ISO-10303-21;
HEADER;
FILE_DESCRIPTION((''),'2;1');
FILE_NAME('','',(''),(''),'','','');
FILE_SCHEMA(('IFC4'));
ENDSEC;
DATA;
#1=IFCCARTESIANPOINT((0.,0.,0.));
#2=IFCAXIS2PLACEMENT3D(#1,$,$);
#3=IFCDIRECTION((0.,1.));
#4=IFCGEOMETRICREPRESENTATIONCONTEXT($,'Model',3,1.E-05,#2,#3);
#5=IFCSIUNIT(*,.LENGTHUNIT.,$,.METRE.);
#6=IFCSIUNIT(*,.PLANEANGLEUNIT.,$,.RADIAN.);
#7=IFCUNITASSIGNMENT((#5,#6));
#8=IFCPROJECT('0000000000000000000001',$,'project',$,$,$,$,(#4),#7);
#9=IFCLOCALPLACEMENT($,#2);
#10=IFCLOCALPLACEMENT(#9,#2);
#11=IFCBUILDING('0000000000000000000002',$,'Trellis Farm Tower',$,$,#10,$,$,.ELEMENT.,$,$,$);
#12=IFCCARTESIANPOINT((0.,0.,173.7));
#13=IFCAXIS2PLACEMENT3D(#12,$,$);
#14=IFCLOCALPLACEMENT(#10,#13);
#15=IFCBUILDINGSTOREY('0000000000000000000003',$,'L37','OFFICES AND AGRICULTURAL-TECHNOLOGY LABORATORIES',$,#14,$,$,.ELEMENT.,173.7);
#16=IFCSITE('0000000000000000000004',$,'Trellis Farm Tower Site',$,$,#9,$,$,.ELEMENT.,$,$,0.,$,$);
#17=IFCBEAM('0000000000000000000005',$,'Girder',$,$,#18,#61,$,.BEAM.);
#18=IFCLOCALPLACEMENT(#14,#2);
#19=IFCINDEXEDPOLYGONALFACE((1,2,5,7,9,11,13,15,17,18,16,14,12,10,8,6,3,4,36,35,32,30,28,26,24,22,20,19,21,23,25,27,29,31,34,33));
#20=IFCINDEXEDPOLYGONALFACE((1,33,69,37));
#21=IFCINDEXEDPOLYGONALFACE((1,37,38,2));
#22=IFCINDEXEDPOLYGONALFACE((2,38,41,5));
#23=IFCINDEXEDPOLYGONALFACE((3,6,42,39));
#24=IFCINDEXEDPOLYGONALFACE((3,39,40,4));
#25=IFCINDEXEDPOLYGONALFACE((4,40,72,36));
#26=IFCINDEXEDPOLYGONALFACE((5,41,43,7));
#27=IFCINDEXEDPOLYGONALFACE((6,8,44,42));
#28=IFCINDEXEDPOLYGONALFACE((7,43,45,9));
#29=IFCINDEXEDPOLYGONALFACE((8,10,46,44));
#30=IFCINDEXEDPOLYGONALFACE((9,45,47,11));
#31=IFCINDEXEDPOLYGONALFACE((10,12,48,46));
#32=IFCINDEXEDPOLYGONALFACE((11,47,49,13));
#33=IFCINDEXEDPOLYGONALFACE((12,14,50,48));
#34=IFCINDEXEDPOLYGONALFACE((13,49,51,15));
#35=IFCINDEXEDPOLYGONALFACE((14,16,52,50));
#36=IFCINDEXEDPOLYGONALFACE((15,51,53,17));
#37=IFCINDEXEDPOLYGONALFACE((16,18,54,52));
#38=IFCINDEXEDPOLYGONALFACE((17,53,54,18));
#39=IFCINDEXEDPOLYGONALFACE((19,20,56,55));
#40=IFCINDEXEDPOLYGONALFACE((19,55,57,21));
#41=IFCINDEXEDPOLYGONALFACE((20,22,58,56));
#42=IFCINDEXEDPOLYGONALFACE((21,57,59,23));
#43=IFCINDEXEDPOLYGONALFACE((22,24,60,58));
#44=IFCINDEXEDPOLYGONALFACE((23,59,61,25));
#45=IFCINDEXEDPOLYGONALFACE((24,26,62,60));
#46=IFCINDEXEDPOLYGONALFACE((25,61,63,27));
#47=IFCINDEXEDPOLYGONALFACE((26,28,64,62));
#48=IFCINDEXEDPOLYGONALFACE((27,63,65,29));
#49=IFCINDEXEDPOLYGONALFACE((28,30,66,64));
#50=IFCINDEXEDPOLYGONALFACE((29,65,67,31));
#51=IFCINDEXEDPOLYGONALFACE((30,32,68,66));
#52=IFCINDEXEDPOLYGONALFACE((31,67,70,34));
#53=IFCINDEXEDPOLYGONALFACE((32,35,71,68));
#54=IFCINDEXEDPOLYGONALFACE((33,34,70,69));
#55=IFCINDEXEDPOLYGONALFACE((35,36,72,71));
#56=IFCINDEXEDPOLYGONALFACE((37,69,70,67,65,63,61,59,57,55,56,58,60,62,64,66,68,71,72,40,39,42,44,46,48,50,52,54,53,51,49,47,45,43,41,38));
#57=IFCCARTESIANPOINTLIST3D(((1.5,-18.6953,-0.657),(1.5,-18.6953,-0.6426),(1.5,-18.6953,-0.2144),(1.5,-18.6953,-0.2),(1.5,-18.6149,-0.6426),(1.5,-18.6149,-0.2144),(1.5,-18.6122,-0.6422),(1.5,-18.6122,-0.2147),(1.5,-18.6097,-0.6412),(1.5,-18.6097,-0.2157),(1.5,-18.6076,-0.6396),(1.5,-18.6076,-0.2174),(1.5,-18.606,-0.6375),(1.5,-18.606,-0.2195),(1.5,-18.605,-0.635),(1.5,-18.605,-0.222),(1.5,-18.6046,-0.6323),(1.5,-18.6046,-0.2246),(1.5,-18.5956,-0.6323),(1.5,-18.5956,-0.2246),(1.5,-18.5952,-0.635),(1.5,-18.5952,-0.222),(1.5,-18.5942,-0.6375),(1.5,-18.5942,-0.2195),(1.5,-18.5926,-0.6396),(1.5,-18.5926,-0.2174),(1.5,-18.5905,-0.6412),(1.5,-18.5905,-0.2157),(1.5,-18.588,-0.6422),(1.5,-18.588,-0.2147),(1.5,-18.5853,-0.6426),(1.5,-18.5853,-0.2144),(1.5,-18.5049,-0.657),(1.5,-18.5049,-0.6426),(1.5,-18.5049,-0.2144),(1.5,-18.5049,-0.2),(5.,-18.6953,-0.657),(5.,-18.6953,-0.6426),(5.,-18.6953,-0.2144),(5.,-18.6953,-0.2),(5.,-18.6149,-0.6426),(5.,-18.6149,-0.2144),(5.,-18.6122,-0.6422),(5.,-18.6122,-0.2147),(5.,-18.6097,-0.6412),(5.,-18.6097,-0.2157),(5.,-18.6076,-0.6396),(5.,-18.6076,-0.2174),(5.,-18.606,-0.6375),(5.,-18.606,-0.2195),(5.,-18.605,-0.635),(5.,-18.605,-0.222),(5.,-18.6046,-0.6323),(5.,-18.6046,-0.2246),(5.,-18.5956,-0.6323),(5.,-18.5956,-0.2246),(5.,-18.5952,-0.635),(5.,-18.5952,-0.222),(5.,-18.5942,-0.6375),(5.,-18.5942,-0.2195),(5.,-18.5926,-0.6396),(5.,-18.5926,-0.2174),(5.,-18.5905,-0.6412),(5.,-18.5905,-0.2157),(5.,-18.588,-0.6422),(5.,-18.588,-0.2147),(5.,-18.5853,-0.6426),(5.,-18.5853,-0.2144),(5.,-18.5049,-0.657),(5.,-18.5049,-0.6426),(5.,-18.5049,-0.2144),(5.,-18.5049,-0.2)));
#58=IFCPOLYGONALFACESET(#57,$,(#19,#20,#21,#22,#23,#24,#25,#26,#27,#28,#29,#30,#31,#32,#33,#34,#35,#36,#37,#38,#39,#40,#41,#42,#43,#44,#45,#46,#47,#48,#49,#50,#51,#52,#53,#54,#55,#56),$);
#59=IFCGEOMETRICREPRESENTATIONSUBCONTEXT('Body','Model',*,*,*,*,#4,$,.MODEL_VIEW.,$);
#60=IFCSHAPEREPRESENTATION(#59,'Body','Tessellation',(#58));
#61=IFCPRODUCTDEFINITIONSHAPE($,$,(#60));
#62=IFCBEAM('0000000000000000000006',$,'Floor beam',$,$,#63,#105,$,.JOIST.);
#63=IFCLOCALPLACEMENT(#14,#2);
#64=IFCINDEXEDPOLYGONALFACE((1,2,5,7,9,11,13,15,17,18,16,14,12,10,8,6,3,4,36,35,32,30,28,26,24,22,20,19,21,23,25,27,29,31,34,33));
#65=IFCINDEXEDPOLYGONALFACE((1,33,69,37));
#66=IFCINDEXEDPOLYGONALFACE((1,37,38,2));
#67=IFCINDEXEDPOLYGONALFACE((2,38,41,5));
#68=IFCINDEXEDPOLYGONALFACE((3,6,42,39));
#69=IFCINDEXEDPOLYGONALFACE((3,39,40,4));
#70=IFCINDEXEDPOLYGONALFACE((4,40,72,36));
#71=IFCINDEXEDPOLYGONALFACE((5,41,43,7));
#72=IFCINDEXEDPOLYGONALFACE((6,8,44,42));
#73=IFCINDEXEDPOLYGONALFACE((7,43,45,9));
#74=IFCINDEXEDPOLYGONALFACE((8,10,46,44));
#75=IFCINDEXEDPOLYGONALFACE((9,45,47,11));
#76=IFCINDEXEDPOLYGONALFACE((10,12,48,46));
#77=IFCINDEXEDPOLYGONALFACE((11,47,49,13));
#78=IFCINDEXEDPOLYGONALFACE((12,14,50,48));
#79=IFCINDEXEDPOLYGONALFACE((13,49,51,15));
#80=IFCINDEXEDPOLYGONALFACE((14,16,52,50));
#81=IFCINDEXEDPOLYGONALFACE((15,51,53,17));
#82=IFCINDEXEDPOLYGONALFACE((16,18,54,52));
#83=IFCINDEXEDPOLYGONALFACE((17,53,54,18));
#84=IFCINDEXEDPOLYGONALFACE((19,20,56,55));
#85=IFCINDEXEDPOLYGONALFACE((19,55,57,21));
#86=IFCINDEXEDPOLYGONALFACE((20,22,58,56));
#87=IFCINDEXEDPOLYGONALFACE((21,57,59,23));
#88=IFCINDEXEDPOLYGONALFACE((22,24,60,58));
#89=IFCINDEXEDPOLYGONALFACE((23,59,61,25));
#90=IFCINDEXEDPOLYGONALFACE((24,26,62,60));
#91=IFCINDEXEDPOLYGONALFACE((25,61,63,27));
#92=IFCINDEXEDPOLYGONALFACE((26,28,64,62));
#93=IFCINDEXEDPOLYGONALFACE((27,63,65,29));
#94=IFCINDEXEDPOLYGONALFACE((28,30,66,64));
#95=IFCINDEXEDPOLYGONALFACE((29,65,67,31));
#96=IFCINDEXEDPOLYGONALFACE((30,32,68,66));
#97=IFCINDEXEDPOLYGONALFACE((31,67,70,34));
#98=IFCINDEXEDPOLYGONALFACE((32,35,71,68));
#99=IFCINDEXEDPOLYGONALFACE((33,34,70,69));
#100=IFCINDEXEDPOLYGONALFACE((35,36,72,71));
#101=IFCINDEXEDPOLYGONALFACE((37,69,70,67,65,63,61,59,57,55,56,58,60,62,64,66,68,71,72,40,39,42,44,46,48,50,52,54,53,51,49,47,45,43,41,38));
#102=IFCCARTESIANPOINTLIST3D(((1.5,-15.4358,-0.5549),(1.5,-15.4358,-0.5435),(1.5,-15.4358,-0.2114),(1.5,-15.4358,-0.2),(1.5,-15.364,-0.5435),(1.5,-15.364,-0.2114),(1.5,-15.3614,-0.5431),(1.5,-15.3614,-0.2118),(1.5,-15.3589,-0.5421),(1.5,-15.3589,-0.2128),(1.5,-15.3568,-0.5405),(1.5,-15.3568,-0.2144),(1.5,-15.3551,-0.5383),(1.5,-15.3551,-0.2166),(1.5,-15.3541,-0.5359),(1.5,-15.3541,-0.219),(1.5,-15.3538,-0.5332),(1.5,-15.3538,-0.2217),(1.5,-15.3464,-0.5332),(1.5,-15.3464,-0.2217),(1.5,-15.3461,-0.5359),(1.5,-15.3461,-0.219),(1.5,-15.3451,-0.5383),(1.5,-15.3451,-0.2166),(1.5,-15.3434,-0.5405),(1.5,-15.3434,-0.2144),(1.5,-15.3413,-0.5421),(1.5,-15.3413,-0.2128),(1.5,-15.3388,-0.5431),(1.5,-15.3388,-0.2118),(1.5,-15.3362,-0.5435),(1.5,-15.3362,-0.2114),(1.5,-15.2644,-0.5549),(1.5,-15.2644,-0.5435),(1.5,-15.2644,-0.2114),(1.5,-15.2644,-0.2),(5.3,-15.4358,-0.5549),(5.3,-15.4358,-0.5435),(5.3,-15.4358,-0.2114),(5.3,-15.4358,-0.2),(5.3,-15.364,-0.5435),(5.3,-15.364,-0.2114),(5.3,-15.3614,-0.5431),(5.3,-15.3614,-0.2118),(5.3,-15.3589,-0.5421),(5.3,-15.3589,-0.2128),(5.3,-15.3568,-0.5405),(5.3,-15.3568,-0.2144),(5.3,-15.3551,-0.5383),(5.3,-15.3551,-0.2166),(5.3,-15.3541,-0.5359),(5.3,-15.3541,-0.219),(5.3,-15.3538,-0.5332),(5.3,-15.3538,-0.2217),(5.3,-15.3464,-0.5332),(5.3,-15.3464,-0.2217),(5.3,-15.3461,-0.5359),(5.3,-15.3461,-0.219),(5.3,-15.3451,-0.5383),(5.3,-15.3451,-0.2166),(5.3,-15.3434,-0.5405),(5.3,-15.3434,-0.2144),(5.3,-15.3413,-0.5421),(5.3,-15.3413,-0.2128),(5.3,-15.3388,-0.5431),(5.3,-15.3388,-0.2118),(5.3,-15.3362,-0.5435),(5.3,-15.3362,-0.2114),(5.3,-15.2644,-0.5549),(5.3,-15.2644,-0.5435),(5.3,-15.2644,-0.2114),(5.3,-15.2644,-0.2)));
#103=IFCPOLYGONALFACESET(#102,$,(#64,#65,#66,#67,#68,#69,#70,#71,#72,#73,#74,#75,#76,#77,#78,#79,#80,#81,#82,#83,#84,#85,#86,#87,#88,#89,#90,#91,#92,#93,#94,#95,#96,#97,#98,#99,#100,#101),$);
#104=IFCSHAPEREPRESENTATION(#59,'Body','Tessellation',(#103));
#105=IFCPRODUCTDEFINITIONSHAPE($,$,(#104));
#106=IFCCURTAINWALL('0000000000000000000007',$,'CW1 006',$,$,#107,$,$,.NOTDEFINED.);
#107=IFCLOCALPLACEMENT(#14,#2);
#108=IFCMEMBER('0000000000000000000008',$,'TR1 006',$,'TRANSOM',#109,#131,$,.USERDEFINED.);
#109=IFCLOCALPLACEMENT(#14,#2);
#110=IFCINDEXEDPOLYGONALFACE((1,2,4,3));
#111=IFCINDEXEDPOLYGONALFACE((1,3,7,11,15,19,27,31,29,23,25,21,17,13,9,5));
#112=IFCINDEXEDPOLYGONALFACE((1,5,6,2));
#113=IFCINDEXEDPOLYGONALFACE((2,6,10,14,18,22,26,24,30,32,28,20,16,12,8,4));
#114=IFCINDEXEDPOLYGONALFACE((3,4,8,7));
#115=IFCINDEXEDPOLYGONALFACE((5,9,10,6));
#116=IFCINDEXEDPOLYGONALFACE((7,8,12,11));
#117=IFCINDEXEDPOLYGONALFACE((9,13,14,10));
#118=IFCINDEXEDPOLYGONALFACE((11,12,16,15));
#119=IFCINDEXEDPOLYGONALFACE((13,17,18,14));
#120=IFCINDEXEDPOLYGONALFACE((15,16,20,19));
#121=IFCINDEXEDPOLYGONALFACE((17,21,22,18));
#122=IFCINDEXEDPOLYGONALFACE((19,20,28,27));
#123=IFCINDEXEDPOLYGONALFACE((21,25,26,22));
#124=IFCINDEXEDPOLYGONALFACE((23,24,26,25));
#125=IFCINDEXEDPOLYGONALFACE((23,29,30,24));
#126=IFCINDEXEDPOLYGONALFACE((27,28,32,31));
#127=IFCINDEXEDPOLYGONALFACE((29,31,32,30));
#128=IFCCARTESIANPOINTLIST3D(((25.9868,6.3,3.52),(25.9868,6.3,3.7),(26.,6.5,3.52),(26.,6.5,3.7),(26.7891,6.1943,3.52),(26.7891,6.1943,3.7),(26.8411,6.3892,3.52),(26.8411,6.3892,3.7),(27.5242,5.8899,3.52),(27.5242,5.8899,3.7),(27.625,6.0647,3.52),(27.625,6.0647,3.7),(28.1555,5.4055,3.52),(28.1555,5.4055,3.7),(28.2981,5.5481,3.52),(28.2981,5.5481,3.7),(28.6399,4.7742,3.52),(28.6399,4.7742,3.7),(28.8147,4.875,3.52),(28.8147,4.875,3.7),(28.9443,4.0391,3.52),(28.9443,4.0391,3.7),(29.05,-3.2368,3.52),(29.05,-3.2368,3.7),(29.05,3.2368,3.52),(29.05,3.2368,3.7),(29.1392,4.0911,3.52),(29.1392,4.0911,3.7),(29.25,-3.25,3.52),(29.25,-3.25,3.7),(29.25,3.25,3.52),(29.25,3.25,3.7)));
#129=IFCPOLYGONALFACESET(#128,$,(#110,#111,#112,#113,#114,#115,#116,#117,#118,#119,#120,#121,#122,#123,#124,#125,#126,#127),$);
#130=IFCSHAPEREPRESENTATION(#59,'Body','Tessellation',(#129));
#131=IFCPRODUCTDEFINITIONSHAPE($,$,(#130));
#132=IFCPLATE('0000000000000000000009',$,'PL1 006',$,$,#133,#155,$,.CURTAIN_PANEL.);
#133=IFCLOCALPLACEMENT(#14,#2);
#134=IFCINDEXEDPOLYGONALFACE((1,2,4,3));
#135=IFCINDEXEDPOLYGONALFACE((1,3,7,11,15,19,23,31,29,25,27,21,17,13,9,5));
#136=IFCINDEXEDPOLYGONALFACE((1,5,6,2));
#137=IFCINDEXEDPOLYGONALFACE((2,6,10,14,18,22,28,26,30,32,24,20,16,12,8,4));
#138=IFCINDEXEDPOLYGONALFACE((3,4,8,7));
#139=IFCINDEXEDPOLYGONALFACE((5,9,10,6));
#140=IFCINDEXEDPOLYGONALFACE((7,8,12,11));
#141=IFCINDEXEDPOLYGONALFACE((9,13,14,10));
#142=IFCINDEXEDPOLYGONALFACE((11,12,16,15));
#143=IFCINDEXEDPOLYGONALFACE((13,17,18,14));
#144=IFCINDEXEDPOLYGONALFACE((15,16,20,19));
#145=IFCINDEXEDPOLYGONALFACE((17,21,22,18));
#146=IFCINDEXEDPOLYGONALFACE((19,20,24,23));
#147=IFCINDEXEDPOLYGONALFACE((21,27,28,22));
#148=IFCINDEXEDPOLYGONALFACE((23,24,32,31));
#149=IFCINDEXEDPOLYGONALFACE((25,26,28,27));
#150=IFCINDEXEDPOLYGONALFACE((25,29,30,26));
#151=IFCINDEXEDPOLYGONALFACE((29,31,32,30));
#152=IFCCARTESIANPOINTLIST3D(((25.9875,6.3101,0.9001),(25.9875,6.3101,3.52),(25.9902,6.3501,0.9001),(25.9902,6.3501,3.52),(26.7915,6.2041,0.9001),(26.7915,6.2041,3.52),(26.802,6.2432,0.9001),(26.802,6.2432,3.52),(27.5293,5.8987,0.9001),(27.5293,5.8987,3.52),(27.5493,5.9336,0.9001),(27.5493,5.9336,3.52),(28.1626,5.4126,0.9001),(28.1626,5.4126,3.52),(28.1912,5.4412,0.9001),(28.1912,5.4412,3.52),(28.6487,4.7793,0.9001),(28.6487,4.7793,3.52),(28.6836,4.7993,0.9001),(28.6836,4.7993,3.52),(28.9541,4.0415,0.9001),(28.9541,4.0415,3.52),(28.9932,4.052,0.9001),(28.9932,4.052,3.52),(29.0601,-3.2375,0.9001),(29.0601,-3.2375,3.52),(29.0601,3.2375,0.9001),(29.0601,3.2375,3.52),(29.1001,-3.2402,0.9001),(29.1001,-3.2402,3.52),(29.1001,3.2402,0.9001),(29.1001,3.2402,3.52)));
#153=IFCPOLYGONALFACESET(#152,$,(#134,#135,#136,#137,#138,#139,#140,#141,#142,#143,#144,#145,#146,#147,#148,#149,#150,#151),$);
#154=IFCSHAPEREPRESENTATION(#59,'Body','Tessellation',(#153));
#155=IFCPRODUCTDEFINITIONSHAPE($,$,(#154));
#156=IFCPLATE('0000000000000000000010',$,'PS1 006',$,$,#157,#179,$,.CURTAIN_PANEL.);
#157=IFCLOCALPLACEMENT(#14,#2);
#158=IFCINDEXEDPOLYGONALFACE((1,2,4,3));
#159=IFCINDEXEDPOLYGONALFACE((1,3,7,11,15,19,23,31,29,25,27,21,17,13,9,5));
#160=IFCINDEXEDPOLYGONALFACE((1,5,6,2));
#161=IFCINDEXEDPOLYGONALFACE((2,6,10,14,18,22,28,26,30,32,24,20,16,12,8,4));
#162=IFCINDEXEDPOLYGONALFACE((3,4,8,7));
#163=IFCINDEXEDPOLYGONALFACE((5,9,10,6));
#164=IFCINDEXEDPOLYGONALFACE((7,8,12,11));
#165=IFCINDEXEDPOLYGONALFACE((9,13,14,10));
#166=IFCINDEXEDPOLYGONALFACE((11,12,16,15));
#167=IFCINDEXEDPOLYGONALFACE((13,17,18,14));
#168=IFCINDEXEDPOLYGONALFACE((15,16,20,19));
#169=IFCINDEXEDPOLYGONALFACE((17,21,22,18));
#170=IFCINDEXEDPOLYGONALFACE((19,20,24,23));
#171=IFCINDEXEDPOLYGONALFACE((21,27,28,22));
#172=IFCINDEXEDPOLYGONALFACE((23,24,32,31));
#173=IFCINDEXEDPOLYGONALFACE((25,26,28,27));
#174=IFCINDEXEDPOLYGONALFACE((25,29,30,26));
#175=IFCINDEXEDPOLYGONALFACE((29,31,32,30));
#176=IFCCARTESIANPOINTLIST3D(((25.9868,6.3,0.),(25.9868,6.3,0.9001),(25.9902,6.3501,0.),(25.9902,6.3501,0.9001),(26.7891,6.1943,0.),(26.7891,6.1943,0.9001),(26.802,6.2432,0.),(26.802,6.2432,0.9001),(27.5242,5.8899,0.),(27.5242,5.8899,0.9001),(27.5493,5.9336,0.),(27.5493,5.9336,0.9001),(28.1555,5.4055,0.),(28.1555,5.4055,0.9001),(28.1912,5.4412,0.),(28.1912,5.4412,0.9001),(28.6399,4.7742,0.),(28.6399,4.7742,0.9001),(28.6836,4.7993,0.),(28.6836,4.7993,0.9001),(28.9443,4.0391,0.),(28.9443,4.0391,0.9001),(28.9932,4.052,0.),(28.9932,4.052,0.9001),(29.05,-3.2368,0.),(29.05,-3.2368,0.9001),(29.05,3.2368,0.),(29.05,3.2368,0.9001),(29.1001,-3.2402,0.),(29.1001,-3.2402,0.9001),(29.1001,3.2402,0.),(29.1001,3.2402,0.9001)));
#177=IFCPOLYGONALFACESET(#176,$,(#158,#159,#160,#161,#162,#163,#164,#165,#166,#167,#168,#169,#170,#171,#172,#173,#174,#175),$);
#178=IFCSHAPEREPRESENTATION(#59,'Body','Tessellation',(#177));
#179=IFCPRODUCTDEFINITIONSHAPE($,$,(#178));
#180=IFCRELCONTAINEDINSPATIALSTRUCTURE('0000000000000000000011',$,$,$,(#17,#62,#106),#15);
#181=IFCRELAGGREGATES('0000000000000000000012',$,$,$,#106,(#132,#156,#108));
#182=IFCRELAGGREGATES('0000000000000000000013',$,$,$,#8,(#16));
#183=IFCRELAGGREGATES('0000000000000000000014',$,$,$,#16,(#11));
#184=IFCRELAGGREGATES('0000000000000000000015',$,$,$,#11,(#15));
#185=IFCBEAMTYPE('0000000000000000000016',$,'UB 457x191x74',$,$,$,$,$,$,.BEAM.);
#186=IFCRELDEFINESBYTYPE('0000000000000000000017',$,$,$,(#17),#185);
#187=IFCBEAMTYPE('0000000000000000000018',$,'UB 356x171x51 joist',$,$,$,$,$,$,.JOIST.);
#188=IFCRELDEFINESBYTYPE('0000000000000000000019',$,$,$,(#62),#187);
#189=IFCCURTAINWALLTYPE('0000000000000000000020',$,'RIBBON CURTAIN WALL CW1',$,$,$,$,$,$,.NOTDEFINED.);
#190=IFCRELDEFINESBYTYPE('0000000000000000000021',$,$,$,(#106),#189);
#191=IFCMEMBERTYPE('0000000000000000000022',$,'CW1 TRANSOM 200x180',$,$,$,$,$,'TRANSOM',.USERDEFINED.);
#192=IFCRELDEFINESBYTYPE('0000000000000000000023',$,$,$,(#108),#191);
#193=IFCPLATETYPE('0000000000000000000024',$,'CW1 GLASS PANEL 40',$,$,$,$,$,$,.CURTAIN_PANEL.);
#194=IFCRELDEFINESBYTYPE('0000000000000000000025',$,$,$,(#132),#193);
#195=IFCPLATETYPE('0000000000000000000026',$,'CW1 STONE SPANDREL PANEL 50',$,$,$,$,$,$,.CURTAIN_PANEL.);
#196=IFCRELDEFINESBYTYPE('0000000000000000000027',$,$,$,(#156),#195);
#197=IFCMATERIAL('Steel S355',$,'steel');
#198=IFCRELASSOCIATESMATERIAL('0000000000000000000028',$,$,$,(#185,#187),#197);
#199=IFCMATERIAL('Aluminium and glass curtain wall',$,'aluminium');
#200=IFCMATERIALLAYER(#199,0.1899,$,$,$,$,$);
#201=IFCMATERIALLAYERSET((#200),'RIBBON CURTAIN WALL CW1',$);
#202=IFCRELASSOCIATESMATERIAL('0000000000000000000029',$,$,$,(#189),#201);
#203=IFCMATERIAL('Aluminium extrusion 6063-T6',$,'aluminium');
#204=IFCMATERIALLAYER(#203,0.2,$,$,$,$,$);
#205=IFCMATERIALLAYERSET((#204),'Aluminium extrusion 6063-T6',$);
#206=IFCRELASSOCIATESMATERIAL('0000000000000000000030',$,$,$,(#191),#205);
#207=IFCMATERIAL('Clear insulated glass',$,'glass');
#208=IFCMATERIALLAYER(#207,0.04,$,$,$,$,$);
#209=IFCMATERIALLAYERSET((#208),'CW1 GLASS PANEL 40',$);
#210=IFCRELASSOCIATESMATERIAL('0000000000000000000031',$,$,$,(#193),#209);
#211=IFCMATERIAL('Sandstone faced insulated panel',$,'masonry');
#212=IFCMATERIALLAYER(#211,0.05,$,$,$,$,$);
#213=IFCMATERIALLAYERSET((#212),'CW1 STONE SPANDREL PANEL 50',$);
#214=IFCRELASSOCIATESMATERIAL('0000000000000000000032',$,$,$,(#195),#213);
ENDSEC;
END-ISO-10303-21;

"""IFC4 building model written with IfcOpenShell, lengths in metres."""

from ifc_helpers import new_model, si_unit, direction, frame, origin, origin_2d, place, context, subcontext, project, spatial, polyline, i_section, outline, extrude, source, transform, mapped, material, layer, layer_set, material_profile, profile_set, type_object, element, aggregate, save


model = new_model("IFC4")

# Units and contexts
model_context = context("Model", 3, precision=1e-05, world=origin(), true_north=direction((0.0, 1.0)))
body_context = subcontext(model_context, "Body", "Model", "MODEL_VIEW")
ifc_project = project(units=[si_unit("LENGTHUNIT", "METRE"), si_unit("PLANEANGLEUNIT", "RADIAN")], contexts=[model_context])

# Site, building, storey
site_placement = place(None, origin())
site = spatial("IfcSite", under=ifc_project, at=site_placement, Name="Trellis Farm Tower Site", CompositionType="ELEMENT", RefElevation=0.0)
building_placement = place(site_placement, origin())
building = spatial("IfcBuilding", under=site, at=building_placement, Name="Trellis Farm Tower", CompositionType="ELEMENT")
storey_placement = place(building_placement, frame((0.0, 0.0, 173.7)))
storey = spatial("IfcBuildingStorey", under=building, at=storey_placement, Name="L37", Description="OFFICES AND AGRICULTURAL-TECHNOLOGY LABORATORIES", CompositionType="ELEMENT", Elevation=173.7)

# Beams
ifc_material_1 = material(Name="Steel S355", Category="steel")
ifc_material_profile_1 = material_profile(ifc_material_1, i_section(OverallWidth=0.1904, OverallDepth=0.457, WebThickness=0.009, FlangeThickness=0.0144, FilletRadius=0.0103, at=origin_2d()), Name="UB 457x191x74")
ifc_profile_set_1 = profile_set([ifc_material_profile_1], Name="Steel S355")
beam_type_1 = type_object("IfcBeamType", Name="UB 457x191x74", PredefinedType="BEAM", material=ifc_profile_set_1)
shared_shape_1 = source(origin(), body_context, "Body", "SweptSolid", [
    extrude(i_section(OverallWidth=0.1904, OverallDepth=0.457, WebThickness=0.009, FlangeThickness=0.0144, FilletRadius=0.0103, at=origin_2d()), origin(), (0.0, 0.0, 1.0), 3.5),
])
beam_1_placement = place(storey_placement, frame((1.5, -18.6001, -0.4285), z_axis=(1.0, 0.0, 0.0), x_axis=(0.0, 1.0, 0.0)))
element("IfcBeam", 1, at=beam_1_placement, inside=storey, type_object=beam_type_1, Name="Girder", PredefinedType="BEAM", context=body_context, shape_type="MappedRepresentation", body=[
    mapped(shared_shape_1, transform((0.0, 0.0, 0.0))),
])
ifc_material_profile_2 = material_profile(ifc_material_1, i_section(OverallWidth=0.1714, OverallDepth=0.355, WebThickness=0.0073, FlangeThickness=0.0115, FilletRadius=0.0103, at=origin_2d()), Name="UB 356x171x51")
ifc_profile_set_2 = profile_set([ifc_material_profile_2], Name="Steel S355")
beam_type_2 = type_object("IfcBeamType", Name="UB 356x171x51 joist", PredefinedType="JOIST", material=ifc_profile_set_2)
shared_shape_2 = source(origin(), body_context, "Body", "SweptSolid", [
    extrude(i_section(OverallWidth=0.1714, OverallDepth=0.355, WebThickness=0.0073, FlangeThickness=0.0115, FilletRadius=0.0103, at=origin_2d()), origin(), (0.0, 0.0, 1.0), 3.8),
])
beam_2_placement = place(storey_placement, frame((1.5, -15.3501, -0.3774), z_axis=(1.0, 0.0, 0.0), x_axis=(0.0, 1.0, 0.0)))
element("IfcBeam", 2, at=beam_2_placement, inside=storey, type_object=beam_type_2, Name="Floor beam", PredefinedType="JOIST", context=body_context, shape_type="MappedRepresentation", body=[
    mapped(shared_shape_2, transform((0.0, 0.0, 0.0))),
])

# Curtain wall, member, plates
ifc_material_2 = material(Name="Aluminium and glass curtain wall", Category="aluminium")
ifc_layer_1 = layer(ifc_material_2, 0.1899)
ifc_layer_set_1 = layer_set([ifc_layer_1], Name="RIBBON CURTAIN WALL CW1")
curtain_wall_type = type_object("IfcCurtainWallType", Name="RIBBON CURTAIN WALL CW1", PredefinedType="NOTDEFINED", material=ifc_layer_set_1)
placement = place(storey_placement, origin())
curtain_wall = element("IfcCurtainWall", 3, at=placement, inside=storey, type_object=curtain_wall_type, Name="CW1 006", PredefinedType="NOTDEFINED")
ifc_material_3 = material(Name="Aluminium extrusion 6063-T6", Category="aluminium")
ifc_layer_2 = layer(ifc_material_3, 0.2)
ifc_layer_set_2 = layer_set([ifc_layer_2], Name="Aluminium extrusion 6063-T6")
member_type = type_object("IfcMemberType", Name="CW1 TRANSOM 200x180", ElementType="TRANSOM", PredefinedType="USERDEFINED", material=ifc_layer_set_2)
shared_shape_3 = source(origin(), body_context, "Body", "SweptSolid", [
    extrude(outline(polyline([(29.25, -3.25), (29.25, 3.25), (29.1392, 4.0911), (28.8147, 4.875), (28.2981, 5.5481), (27.625, 6.0647), (26.8411, 6.3892), (26.0, 6.5), (25.9868, 6.3), (26.7891, 6.1943), (27.5242, 5.8899), (28.1555, 5.4055), (28.6399, 4.7742), (28.9443, 4.0391), (29.05, 3.2368), (29.05, -3.2368), (29.25, -3.25)])), origin(), (0.0, 0.0, 1.0), 0.1799),
])
member_placement = place(storey_placement, frame((0.0, 0.0, 3.52)))
member = element("IfcMember", 4, at=member_placement, type_object=member_type, Name="TR1 006", ObjectType="TRANSOM", PredefinedType="USERDEFINED", context=body_context, shape_type="MappedRepresentation", body=[
    mapped(shared_shape_3, transform((0.0, 0.0, 0.0))),
])
ifc_material_4 = material(Name="Clear insulated glass", Category="glass")
ifc_layer_3 = layer(ifc_material_4, 0.04)
ifc_layer_set_3 = layer_set([ifc_layer_3], Name="CW1 GLASS PANEL 40")
plate_type_1 = type_object("IfcPlateType", Name="CW1 GLASS PANEL 40", PredefinedType="CURTAIN_PANEL", material=ifc_layer_set_3)
shared_shape_4 = source(origin(), body_context, "Body", "SweptSolid", [
    extrude(outline(polyline([(29.1001, -3.2402), (29.1001, 3.2402), (28.9932, 4.052), (28.6836, 4.7993), (28.1912, 5.4412), (27.5493, 5.9336), (26.802, 6.2432), (25.9902, 6.3501), (25.9875, 6.3101), (26.7915, 6.2041), (27.5293, 5.8987), (28.1626, 5.4126), (28.6487, 4.7793), (28.9541, 4.0415), (29.0601, 3.2375), (29.0601, -3.2375), (29.1001, -3.2402)])), origin(), (0.0, 0.0, 1.0), 2.6199),
])
plate_1_placement = place(storey_placement, frame((0.0, 0.0, 0.9001)))
plate_1 = element("IfcPlate", 5, at=plate_1_placement, type_object=plate_type_1, Name="PL1 006", PredefinedType="CURTAIN_PANEL", context=body_context, shape_type="MappedRepresentation", body=[
    mapped(shared_shape_4, transform((0.0, 0.0, 0.0))),
])
ifc_material_5 = material(Name="Sandstone faced insulated panel", Category="masonry")
ifc_layer_4 = layer(ifc_material_5, 0.05)
ifc_layer_set_4 = layer_set([ifc_layer_4], Name="CW1 STONE SPANDREL PANEL 50")
plate_type_2 = type_object("IfcPlateType", Name="CW1 STONE SPANDREL PANEL 50", PredefinedType="CURTAIN_PANEL", material=ifc_layer_set_4)
shared_shape_5 = source(origin(), body_context, "Body", "SweptSolid", [
    extrude(outline(polyline([(29.1001, -3.2402), (29.1001, 3.2402), (28.9932, 4.052), (28.6836, 4.7993), (28.1912, 5.4412), (27.5493, 5.9336), (26.802, 6.2432), (25.9902, 6.3501), (25.9868, 6.3), (26.7891, 6.1943), (27.5242, 5.8899), (28.1555, 5.4055), (28.6399, 4.7742), (28.9443, 4.0391), (29.05, 3.2368), (29.05, -3.2368), (29.1001, -3.2402)])), origin(), (0.0, 0.0, 1.0), 0.9001),
])
plate_2 = element("IfcPlate", 6, at=placement, type_object=plate_type_2, Name="PS1 006", PredefinedType="CURTAIN_PANEL", context=body_context, shape_type="MappedRepresentation", body=[
    mapped(shared_shape_5, transform((0.0, 0.0, 0.0))),
])
aggregate(curtain_wall, [plate_1, plate_2, member])

save(model, "model.ifc")
